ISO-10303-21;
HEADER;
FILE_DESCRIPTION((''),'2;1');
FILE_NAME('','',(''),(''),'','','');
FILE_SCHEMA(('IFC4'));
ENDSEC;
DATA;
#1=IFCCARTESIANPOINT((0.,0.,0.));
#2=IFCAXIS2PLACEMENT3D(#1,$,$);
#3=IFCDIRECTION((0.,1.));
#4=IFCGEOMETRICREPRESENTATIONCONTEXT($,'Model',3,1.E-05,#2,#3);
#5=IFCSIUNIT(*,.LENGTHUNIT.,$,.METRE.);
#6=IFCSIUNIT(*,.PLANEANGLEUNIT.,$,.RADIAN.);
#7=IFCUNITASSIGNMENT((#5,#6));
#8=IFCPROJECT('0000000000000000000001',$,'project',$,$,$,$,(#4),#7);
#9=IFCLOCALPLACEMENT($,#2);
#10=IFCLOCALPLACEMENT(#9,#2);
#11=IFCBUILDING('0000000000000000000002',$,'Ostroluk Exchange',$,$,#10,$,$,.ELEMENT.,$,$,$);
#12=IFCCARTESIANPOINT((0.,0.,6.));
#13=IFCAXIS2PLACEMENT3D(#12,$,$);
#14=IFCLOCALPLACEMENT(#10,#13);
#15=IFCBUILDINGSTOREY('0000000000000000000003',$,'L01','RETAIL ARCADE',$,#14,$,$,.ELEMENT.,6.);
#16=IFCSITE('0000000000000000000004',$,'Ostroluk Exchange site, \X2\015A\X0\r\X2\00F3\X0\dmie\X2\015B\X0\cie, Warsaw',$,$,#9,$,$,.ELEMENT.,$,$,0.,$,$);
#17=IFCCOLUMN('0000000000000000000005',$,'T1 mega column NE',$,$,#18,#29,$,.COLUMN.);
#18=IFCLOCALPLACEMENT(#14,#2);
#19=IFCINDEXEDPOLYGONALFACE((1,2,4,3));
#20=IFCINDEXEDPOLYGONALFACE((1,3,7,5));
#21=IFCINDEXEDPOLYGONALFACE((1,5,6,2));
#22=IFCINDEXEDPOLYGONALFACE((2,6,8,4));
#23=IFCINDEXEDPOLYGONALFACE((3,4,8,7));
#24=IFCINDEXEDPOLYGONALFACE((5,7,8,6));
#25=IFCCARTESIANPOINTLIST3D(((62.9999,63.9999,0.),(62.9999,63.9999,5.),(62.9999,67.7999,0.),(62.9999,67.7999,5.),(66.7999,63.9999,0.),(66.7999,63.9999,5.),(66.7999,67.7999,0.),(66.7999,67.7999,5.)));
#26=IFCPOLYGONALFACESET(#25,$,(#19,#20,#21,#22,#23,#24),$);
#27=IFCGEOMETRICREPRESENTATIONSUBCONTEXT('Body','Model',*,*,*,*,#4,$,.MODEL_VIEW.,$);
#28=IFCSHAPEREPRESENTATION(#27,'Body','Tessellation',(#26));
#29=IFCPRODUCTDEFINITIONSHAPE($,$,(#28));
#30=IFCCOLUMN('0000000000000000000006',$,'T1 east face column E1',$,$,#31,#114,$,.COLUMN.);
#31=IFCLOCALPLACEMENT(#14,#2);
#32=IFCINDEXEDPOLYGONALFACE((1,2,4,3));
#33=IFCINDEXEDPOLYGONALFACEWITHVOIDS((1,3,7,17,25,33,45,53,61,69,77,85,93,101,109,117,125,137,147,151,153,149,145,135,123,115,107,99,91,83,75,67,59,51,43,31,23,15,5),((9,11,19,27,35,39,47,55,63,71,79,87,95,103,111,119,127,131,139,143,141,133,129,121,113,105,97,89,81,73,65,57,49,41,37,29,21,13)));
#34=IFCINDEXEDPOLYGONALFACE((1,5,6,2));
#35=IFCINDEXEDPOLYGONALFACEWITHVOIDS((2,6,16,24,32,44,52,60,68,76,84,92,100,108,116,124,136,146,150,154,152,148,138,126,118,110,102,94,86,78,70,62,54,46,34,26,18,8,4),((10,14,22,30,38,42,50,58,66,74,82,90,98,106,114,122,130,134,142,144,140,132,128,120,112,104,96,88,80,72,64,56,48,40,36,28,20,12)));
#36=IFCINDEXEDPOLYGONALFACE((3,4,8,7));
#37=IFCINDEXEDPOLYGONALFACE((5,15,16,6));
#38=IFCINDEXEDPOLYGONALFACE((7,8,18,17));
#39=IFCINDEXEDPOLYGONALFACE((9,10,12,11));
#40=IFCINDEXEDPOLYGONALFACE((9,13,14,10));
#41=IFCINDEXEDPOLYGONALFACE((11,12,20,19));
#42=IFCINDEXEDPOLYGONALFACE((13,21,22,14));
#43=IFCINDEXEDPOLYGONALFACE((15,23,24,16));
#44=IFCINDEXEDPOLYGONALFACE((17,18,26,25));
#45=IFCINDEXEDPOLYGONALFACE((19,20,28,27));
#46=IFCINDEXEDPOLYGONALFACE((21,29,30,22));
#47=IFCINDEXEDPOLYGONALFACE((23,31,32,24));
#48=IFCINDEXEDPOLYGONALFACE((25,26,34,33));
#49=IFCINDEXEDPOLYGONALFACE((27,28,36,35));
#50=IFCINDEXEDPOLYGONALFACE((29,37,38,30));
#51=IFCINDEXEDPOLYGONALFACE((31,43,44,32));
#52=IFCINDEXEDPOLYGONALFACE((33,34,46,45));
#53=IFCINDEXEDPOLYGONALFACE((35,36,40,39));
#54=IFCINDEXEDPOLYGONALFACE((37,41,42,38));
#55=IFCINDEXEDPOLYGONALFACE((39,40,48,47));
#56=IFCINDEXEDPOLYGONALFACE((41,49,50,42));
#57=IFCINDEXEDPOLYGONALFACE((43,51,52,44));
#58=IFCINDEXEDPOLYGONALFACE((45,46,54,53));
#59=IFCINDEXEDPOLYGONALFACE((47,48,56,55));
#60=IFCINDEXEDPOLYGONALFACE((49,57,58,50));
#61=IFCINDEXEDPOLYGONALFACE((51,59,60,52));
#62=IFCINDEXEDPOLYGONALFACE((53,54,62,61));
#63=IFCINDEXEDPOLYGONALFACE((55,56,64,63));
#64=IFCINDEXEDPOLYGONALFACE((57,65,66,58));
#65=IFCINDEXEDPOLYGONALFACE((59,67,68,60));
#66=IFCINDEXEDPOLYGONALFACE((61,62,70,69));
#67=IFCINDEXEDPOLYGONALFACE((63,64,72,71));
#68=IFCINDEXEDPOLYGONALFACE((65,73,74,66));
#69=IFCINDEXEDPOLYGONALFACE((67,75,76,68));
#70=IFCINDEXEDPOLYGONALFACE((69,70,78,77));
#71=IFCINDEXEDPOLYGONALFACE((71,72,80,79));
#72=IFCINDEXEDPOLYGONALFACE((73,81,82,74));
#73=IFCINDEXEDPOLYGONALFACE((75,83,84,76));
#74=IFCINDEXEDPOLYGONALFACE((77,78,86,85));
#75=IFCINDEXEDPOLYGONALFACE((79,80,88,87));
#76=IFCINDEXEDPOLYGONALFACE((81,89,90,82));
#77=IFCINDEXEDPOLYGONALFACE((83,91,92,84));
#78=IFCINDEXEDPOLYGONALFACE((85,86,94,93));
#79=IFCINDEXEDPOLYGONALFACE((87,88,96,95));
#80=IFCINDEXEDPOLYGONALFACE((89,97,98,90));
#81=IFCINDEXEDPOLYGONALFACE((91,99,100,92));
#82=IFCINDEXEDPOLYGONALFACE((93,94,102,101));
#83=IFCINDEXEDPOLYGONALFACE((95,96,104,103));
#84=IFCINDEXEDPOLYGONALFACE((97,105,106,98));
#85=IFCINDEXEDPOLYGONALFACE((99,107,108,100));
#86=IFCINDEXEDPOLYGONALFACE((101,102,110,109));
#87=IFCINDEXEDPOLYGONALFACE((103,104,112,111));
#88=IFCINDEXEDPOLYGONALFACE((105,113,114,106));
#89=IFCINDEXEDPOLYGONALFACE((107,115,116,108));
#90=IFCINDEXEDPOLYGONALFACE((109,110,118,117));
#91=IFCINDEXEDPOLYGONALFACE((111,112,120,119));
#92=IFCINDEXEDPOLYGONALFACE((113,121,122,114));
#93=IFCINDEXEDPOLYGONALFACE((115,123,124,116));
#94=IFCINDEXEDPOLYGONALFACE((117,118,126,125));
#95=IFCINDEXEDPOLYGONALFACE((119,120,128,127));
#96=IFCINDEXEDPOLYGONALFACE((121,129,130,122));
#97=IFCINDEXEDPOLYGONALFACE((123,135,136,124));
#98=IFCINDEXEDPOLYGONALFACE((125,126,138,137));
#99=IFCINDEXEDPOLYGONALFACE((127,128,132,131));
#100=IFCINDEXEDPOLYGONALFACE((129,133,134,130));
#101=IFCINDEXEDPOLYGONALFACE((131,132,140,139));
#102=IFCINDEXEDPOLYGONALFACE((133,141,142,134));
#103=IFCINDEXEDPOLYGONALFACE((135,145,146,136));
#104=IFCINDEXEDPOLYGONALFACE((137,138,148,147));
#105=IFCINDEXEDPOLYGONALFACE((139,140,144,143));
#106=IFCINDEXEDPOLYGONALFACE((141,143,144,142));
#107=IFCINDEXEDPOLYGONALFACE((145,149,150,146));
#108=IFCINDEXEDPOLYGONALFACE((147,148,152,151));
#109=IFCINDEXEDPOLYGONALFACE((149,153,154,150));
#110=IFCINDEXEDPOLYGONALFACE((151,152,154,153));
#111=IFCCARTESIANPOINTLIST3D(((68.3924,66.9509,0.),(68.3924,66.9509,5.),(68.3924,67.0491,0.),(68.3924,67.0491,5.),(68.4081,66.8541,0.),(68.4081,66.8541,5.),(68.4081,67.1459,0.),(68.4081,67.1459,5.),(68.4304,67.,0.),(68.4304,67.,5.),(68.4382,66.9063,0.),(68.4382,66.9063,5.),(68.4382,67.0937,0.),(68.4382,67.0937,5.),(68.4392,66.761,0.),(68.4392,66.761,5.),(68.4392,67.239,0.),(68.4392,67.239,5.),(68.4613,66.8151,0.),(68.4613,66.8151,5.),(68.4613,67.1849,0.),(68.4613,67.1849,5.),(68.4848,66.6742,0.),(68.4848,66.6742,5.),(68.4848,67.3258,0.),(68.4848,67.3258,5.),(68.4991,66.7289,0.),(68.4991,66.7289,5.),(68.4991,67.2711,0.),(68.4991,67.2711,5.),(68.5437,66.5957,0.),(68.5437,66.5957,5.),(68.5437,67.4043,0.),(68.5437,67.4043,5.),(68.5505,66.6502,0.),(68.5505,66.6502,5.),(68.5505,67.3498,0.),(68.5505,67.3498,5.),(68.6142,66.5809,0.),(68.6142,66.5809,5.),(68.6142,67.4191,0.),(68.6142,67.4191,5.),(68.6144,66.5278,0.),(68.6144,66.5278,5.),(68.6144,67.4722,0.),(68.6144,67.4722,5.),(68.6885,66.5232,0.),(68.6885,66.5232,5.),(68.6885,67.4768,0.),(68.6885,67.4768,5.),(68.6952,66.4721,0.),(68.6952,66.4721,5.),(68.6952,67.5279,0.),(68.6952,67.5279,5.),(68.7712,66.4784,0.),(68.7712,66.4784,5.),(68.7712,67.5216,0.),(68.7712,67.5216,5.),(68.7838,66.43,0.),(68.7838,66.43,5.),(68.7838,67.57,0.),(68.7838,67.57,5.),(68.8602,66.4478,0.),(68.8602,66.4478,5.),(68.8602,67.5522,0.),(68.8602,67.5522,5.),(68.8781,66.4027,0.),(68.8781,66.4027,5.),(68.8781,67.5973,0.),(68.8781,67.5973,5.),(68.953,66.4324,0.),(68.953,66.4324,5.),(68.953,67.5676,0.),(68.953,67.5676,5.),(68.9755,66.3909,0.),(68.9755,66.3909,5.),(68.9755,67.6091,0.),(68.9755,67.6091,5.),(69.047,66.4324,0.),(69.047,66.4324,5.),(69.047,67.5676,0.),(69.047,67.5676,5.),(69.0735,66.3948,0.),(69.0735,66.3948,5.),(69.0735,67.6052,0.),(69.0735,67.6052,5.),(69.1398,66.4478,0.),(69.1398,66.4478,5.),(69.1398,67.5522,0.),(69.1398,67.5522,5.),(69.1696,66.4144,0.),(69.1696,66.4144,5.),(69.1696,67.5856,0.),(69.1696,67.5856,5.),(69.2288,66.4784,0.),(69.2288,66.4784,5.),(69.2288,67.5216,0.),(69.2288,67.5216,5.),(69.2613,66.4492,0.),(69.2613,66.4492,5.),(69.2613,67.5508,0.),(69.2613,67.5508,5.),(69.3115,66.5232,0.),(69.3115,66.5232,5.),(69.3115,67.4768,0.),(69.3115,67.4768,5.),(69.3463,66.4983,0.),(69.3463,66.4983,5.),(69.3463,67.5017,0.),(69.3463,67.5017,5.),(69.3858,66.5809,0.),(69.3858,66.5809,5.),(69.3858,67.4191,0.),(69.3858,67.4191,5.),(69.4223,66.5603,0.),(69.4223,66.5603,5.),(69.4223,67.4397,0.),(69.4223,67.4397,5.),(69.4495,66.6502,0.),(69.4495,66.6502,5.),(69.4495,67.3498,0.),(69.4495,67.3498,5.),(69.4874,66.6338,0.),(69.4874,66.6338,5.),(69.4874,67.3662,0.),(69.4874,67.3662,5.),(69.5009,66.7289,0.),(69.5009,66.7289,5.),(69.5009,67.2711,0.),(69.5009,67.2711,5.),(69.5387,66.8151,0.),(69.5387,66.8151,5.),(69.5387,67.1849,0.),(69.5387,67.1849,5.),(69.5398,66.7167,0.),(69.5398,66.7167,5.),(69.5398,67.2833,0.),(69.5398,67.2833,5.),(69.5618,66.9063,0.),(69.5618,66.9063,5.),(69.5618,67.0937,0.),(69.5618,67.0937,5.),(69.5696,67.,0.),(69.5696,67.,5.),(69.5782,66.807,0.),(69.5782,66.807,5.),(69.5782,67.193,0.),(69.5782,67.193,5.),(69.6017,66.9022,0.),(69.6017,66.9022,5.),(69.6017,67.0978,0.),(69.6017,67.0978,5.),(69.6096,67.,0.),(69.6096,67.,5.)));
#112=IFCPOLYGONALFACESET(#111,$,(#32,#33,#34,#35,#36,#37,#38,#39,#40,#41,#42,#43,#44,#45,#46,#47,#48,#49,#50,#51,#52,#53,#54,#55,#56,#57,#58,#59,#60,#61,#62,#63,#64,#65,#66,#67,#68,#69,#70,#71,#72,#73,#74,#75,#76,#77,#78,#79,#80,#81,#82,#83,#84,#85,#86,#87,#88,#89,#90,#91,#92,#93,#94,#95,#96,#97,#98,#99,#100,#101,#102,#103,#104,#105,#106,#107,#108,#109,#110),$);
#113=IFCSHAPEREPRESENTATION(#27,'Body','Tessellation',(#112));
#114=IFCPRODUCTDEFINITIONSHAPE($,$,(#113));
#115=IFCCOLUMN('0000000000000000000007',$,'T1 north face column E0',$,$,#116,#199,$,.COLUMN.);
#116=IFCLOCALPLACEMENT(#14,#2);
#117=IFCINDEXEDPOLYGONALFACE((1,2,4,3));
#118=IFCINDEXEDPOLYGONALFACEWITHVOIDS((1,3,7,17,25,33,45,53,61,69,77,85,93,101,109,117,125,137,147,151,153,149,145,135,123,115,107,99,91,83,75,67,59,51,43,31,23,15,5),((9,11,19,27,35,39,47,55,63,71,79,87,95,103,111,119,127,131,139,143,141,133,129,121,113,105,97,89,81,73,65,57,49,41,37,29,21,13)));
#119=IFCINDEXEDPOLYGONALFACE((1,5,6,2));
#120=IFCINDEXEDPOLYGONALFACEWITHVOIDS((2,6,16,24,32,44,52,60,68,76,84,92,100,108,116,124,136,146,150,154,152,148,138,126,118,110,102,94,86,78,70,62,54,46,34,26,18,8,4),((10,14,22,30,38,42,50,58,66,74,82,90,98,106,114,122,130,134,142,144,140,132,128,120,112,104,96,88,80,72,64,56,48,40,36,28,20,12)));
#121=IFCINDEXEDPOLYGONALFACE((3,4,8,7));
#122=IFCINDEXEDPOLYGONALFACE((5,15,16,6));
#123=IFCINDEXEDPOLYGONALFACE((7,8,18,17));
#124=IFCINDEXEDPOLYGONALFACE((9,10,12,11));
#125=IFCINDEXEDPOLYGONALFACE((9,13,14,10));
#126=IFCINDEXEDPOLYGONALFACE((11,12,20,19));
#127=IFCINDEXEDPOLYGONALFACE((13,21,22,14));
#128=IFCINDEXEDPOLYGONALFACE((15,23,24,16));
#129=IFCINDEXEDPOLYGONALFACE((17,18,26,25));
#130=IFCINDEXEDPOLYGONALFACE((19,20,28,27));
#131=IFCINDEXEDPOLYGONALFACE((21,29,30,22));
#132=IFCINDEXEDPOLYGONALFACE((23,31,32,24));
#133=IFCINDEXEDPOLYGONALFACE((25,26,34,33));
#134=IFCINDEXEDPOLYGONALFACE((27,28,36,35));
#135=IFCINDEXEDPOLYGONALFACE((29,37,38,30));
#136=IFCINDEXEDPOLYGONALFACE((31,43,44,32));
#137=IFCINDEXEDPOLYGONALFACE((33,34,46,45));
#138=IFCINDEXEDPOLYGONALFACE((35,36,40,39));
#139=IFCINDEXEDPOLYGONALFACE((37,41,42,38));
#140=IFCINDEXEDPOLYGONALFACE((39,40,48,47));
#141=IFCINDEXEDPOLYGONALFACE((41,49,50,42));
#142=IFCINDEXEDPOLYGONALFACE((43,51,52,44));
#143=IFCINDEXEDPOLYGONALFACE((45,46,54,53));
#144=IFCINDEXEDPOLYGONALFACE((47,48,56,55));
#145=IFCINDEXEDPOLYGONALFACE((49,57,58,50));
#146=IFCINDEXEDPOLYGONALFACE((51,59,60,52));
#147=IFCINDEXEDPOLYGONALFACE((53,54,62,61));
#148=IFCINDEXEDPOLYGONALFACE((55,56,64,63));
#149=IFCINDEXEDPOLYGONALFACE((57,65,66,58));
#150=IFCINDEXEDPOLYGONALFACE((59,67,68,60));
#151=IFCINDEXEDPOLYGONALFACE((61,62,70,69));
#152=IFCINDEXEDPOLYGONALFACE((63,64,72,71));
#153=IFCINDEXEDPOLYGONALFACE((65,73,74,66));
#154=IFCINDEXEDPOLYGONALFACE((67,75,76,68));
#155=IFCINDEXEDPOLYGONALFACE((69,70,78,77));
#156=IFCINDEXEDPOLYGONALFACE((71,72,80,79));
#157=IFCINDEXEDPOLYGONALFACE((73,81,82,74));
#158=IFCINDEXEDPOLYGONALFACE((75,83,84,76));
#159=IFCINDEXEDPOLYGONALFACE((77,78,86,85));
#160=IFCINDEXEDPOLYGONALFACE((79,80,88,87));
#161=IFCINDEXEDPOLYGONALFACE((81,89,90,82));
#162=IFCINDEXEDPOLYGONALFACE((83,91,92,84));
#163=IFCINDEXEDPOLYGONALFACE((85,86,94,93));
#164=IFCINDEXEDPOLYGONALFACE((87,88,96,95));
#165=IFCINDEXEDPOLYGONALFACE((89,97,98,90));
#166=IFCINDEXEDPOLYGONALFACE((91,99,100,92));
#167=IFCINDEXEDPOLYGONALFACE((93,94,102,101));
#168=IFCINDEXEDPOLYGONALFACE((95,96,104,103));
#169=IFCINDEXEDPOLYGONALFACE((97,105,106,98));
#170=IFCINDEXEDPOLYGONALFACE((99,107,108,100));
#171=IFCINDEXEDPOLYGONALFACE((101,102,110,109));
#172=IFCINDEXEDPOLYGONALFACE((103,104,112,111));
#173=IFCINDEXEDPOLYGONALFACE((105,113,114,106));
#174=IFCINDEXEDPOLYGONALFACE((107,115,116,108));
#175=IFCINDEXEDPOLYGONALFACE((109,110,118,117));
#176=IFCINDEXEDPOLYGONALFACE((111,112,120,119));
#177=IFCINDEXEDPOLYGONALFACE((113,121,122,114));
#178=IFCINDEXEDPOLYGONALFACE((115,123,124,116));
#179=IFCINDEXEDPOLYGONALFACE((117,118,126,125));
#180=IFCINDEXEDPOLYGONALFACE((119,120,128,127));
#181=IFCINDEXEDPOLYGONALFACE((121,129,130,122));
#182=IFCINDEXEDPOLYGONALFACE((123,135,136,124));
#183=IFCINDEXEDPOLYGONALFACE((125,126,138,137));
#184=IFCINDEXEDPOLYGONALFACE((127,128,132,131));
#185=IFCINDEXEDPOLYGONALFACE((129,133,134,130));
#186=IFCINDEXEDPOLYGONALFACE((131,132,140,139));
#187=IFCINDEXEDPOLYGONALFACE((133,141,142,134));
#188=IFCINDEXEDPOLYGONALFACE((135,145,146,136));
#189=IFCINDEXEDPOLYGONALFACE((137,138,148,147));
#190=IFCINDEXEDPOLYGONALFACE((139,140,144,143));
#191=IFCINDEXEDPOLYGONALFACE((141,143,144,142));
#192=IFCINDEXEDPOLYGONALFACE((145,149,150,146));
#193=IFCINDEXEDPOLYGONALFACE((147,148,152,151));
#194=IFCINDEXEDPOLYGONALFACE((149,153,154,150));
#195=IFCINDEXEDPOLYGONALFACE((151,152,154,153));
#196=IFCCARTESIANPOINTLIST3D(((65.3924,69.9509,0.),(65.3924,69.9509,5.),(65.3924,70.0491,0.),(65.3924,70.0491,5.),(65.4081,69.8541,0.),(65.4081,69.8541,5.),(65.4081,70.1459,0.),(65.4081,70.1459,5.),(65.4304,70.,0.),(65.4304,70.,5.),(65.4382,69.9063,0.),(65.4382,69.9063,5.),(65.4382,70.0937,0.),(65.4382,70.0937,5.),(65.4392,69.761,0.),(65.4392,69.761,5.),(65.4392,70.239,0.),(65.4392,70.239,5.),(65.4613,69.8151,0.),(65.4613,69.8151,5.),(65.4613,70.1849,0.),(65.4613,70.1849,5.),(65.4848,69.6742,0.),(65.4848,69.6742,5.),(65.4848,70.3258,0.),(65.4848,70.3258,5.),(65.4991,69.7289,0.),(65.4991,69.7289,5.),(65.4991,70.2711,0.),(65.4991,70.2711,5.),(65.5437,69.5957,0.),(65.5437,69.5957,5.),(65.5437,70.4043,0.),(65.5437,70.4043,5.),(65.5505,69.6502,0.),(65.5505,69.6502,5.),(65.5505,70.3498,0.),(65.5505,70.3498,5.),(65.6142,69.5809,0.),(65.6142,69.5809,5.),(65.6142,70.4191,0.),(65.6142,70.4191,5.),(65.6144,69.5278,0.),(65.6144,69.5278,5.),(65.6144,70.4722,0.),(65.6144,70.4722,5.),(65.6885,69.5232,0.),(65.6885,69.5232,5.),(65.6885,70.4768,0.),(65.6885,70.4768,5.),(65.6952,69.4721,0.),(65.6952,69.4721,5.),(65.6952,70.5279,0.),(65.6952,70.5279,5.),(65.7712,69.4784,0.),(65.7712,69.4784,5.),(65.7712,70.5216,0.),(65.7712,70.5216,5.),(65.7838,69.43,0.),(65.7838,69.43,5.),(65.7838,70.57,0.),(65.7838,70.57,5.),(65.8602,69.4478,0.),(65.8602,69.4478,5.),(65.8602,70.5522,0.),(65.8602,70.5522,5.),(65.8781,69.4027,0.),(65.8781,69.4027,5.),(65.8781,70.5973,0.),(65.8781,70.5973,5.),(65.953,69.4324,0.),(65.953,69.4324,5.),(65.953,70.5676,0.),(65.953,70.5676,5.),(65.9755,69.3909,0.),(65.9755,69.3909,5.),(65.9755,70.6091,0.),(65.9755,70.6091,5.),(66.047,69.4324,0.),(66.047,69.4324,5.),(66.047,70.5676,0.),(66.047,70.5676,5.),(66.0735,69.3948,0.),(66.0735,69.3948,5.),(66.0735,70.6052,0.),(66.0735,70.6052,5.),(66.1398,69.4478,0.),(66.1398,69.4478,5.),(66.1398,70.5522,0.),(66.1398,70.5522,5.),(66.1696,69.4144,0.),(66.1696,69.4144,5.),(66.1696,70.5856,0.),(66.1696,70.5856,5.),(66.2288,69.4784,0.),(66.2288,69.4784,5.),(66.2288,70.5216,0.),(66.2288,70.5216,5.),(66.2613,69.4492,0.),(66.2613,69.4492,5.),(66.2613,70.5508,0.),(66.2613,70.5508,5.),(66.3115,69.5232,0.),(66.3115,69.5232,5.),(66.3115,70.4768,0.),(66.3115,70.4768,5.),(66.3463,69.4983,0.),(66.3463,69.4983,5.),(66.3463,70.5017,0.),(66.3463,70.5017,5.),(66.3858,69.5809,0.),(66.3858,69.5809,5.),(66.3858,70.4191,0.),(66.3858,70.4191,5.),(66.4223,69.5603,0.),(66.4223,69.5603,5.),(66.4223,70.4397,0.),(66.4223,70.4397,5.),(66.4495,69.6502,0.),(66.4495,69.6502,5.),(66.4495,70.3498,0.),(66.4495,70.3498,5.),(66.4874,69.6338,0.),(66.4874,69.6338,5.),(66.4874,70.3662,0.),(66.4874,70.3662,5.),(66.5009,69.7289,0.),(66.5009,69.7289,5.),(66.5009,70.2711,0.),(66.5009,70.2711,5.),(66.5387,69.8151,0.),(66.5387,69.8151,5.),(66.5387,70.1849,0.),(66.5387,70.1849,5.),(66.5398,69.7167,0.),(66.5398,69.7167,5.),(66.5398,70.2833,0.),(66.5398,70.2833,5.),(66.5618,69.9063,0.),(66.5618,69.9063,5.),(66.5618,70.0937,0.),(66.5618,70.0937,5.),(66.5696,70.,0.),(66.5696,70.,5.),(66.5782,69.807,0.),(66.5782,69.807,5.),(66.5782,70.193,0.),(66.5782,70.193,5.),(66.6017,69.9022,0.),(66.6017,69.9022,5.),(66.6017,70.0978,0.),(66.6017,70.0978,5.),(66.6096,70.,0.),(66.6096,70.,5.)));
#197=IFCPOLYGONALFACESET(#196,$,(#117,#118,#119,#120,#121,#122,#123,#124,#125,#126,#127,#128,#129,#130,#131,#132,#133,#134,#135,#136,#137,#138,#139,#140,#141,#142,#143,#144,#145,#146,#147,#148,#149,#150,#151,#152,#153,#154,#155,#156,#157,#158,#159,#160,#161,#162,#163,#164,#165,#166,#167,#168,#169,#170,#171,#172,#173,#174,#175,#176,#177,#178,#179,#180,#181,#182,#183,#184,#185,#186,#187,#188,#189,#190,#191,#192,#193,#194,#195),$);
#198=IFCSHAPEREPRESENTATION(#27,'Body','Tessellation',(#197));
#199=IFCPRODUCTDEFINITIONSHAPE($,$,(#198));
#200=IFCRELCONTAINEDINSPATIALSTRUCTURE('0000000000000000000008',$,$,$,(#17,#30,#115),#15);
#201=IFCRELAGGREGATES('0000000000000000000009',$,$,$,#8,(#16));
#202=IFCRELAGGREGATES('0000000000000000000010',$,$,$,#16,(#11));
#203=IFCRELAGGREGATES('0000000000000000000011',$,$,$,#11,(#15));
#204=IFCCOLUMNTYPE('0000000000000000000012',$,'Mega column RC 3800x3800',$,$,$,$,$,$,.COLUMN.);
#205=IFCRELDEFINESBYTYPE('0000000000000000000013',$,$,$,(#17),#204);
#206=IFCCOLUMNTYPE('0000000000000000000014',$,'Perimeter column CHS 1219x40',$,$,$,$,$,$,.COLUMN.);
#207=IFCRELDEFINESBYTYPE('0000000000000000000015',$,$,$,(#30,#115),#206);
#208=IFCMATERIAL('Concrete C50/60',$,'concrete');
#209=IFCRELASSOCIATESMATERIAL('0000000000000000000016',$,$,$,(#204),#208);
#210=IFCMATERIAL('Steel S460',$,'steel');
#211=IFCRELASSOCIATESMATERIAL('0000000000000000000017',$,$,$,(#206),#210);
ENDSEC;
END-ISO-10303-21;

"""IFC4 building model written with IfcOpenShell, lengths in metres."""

from ifc_helpers import new_model, si_unit, direction, frame, origin, origin_2d, place, context, subcontext, project, spatial, rectangle, hollow_circle, extrude, material, material_profile, profile_set, type_object, element, save


model = new_model("IFC4")

# Units and contexts
model_context = context("Model", 3, precision=1e-05, world=origin(), true_north=direction((0.0, 1.0)))
body_context = subcontext(model_context, "Body", "Model", "MODEL_VIEW")
ifc_project = project(units=[si_unit("LENGTHUNIT", "METRE"), si_unit("PLANEANGLEUNIT", "RADIAN")], contexts=[model_context])

# Site, building, storey
site_placement = place(None, origin())
site = spatial("IfcSite", under=ifc_project, at=site_placement, Name="Ostroluk Exchange site, Śródmieście, Warsaw", CompositionType="ELEMENT", RefElevation=0.0)
building_placement = place(site_placement, origin())
building = spatial("IfcBuilding", under=site, at=building_placement, Name="Ostroluk Exchange", CompositionType="ELEMENT")
storey_placement = place(building_placement, frame((0.0, 0.0, 6.0)))
storey = spatial("IfcBuildingStorey", under=building, at=storey_placement, Name="L01", Description="RETAIL ARCADE", CompositionType="ELEMENT", Elevation=6.0)

# Columns
ifc_material_1 = material(Name="Concrete C50/60", Category="concrete")
ifc_material_profile_1 = material_profile(ifc_material_1, rectangle(XDim=3.8, YDim=3.8, at=origin_2d()), Name="RC 3800x3800")
ifc_profile_set_1 = profile_set([ifc_material_profile_1], Name="Concrete C50/60")
column_type_1 = type_object("IfcColumnType", Name="Mega column RC 3800x3800", PredefinedType="COLUMN", material=ifc_profile_set_1)
column_placement = place(storey_placement, frame((64.8999, 65.8999, 0.0), z_axis=(0.0, 0.0, 1.0), x_axis=(1.0, 0.0, 0.0)))
element("IfcColumn", 1, at=column_placement, inside=storey, type_object=column_type_1, Name="T1 mega column NE", PredefinedType="COLUMN", context=body_context, shape_type="SweptSolid", body=[
    extrude(rectangle(XDim=3.8, YDim=3.8, at=origin_2d()), origin(), (0.0, 0.0, 1.0), 5.0),
])
ifc_material_2 = material(Name="Steel S460", Category="steel")
ifc_material_profile_2 = material_profile(ifc_material_2, hollow_circle(Radius=0.6096, WallThickness=0.04, at=origin_2d()), Name="CHS 1219x40")
ifc_profile_set_2 = profile_set([ifc_material_profile_2], Name="Steel S460")
column_type_2 = type_object("IfcColumnType", Name="Perimeter column CHS 1219x40", PredefinedType="COLUMN", material=ifc_profile_set_2)
for number, where, z_axis, x_axis, name in (
    (2, (69.0, 67.0, 0.0), (0.0, 0.0, 1.0), (1.0, 0.0, 0.0), "T1 east face column E1"),
    (3, (66.0, 70.0, 0.0), (0.0, 0.0, 1.0), (1.0, 0.0, 0.0), "T1 north face column E0"),
):
    element("IfcColumn", number, at=place(storey_placement, frame(where, z_axis=z_axis, x_axis=x_axis)), inside=storey, type_object=column_type_2, Name=name, PredefinedType="COLUMN", context=body_context, shape_type="SweptSolid", body=[
        extrude(hollow_circle(Radius=0.6096, WallThickness=0.04, at=origin_2d()), origin(), (0.0, 0.0, 1.0), 5.0),
    ])

save(model, "model.ifc")
